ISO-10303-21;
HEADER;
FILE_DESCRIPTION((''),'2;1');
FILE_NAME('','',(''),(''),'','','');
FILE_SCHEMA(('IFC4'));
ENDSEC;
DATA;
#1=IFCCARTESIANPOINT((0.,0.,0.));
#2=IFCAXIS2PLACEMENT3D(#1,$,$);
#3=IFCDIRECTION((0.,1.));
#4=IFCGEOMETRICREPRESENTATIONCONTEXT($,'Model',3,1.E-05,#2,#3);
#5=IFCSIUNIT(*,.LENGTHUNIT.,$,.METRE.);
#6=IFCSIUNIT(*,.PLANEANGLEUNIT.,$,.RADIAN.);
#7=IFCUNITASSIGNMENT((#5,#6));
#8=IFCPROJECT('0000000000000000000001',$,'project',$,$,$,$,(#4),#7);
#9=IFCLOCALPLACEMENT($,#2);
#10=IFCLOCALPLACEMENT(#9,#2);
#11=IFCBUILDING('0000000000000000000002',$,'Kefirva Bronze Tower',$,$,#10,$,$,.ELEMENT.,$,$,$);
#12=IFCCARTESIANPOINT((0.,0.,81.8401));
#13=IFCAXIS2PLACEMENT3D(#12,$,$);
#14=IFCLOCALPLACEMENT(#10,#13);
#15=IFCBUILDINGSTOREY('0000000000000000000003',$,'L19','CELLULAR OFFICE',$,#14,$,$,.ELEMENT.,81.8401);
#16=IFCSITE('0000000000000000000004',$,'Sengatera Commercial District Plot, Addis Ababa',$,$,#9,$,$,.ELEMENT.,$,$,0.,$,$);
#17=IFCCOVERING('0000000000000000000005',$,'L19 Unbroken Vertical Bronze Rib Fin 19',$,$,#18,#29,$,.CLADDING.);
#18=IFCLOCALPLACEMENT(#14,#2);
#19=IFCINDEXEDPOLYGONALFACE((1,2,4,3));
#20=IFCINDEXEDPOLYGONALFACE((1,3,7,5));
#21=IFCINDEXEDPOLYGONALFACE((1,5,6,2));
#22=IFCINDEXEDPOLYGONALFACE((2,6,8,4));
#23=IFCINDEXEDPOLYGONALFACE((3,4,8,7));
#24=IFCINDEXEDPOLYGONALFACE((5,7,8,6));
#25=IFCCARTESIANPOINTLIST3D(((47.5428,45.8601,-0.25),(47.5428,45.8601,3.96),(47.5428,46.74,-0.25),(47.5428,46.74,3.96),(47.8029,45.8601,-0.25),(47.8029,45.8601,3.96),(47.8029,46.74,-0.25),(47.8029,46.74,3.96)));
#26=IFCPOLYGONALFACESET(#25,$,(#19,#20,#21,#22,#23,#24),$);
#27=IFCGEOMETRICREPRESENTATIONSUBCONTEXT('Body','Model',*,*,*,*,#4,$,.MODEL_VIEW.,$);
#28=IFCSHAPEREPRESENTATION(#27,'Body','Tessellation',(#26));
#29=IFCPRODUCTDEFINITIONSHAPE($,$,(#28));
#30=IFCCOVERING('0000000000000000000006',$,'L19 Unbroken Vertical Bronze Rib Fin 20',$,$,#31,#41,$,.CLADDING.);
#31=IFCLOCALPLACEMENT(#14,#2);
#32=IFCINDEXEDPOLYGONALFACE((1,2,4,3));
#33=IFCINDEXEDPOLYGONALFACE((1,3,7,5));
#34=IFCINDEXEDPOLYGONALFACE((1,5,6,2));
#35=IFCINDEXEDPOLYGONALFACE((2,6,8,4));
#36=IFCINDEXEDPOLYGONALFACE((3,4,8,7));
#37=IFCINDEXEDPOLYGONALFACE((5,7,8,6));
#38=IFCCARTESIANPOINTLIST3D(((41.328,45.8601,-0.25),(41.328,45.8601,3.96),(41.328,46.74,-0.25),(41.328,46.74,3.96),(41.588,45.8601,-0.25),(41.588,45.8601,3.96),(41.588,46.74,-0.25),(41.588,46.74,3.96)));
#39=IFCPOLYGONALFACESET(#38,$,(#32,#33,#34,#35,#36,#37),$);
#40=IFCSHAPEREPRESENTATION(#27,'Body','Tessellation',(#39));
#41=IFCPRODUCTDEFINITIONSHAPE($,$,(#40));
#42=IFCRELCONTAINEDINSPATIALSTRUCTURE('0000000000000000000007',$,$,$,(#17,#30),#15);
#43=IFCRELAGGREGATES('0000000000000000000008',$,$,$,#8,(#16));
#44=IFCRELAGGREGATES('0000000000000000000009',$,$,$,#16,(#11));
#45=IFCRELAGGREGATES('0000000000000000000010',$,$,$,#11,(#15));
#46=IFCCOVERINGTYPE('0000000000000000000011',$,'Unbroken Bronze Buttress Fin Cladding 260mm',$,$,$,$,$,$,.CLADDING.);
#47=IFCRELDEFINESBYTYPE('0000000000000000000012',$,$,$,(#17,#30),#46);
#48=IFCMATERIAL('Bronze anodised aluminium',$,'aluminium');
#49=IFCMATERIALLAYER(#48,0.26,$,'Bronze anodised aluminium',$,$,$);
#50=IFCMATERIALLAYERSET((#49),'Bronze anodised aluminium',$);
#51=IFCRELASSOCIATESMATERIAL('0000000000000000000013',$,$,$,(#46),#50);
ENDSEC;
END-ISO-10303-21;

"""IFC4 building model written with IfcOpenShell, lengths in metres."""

from ifc_helpers import new_model, si_unit, direction, frame, origin, origin_2d, place, context, subcontext, project, spatial, rectangle, extrude, material, layer, layer_set, type_object, element, save


model = new_model("IFC4")

# Units and contexts
model_context = context("Model", 3, precision=1e-05, world=origin(), true_north=direction((0.0, 1.0)))
body_context = subcontext(model_context, "Body", "Model", "MODEL_VIEW")
ifc_project = project(units=[si_unit("LENGTHUNIT", "METRE"), si_unit("PLANEANGLEUNIT", "RADIAN")], contexts=[model_context])

# Site, building, storey
site_placement = place(None, origin())
site = spatial("IfcSite", under=ifc_project, at=site_placement, Name="Sengatera Commercial District Plot, Addis Ababa", CompositionType="ELEMENT", RefElevation=0.0)
building_placement = place(site_placement, origin())
building = spatial("IfcBuilding", under=site, at=building_placement, Name="Kefirva Bronze Tower", CompositionType="ELEMENT")
storey_placement = place(building_placement, frame((0.0, 0.0, 81.8401)))
storey = spatial("IfcBuildingStorey", under=building, at=storey_placement, Name="L19", Description="CELLULAR OFFICE", CompositionType="ELEMENT", Elevation=81.8401)

# Shared definitions
ifc_material_1 = material(Name="Bronze anodised aluminium", Category="aluminium")

# Coverings
ifc_layer_1 = layer(ifc_material_1, 0.26, Name="Bronze anodised aluminium")
ifc_layer_set_1 = layer_set([ifc_layer_1], Name="Bronze anodised aluminium")
covering_type_1 = type_object("IfcCoveringType", Name="Unbroken Bronze Buttress Fin Cladding 260mm", PredefinedType="CLADDING", material=ifc_layer_set_1)
for number, where, z_axis, x_axis, name in (
    (1, (47.6729, 46.3, -0.25), (0.0, 0.0, 1.0), (-1.0, 0.0, 0.0), "L19 Unbroken Vertical Bronze Rib Fin 19"),
    (2, (41.458, 46.3, -0.25), (0.0, 0.0, 1.0), (-1.0, 0.0, 0.0), "L19 Unbroken Vertical Bronze Rib Fin 20"),
):
    element("IfcCovering", number, at=place(storey_placement, frame(where, z_axis=z_axis, x_axis=x_axis)), inside=storey, type_object=covering_type_1, Name=name, PredefinedType="CLADDING", context=body_context, shape_type="SweptSolid", body=[
        extrude(rectangle(XDim=0.26, YDim=0.8799, at=origin_2d()), origin(), (0.0, 0.0, 1.0), 4.21),
    ])

save(model, "model.ifc")
